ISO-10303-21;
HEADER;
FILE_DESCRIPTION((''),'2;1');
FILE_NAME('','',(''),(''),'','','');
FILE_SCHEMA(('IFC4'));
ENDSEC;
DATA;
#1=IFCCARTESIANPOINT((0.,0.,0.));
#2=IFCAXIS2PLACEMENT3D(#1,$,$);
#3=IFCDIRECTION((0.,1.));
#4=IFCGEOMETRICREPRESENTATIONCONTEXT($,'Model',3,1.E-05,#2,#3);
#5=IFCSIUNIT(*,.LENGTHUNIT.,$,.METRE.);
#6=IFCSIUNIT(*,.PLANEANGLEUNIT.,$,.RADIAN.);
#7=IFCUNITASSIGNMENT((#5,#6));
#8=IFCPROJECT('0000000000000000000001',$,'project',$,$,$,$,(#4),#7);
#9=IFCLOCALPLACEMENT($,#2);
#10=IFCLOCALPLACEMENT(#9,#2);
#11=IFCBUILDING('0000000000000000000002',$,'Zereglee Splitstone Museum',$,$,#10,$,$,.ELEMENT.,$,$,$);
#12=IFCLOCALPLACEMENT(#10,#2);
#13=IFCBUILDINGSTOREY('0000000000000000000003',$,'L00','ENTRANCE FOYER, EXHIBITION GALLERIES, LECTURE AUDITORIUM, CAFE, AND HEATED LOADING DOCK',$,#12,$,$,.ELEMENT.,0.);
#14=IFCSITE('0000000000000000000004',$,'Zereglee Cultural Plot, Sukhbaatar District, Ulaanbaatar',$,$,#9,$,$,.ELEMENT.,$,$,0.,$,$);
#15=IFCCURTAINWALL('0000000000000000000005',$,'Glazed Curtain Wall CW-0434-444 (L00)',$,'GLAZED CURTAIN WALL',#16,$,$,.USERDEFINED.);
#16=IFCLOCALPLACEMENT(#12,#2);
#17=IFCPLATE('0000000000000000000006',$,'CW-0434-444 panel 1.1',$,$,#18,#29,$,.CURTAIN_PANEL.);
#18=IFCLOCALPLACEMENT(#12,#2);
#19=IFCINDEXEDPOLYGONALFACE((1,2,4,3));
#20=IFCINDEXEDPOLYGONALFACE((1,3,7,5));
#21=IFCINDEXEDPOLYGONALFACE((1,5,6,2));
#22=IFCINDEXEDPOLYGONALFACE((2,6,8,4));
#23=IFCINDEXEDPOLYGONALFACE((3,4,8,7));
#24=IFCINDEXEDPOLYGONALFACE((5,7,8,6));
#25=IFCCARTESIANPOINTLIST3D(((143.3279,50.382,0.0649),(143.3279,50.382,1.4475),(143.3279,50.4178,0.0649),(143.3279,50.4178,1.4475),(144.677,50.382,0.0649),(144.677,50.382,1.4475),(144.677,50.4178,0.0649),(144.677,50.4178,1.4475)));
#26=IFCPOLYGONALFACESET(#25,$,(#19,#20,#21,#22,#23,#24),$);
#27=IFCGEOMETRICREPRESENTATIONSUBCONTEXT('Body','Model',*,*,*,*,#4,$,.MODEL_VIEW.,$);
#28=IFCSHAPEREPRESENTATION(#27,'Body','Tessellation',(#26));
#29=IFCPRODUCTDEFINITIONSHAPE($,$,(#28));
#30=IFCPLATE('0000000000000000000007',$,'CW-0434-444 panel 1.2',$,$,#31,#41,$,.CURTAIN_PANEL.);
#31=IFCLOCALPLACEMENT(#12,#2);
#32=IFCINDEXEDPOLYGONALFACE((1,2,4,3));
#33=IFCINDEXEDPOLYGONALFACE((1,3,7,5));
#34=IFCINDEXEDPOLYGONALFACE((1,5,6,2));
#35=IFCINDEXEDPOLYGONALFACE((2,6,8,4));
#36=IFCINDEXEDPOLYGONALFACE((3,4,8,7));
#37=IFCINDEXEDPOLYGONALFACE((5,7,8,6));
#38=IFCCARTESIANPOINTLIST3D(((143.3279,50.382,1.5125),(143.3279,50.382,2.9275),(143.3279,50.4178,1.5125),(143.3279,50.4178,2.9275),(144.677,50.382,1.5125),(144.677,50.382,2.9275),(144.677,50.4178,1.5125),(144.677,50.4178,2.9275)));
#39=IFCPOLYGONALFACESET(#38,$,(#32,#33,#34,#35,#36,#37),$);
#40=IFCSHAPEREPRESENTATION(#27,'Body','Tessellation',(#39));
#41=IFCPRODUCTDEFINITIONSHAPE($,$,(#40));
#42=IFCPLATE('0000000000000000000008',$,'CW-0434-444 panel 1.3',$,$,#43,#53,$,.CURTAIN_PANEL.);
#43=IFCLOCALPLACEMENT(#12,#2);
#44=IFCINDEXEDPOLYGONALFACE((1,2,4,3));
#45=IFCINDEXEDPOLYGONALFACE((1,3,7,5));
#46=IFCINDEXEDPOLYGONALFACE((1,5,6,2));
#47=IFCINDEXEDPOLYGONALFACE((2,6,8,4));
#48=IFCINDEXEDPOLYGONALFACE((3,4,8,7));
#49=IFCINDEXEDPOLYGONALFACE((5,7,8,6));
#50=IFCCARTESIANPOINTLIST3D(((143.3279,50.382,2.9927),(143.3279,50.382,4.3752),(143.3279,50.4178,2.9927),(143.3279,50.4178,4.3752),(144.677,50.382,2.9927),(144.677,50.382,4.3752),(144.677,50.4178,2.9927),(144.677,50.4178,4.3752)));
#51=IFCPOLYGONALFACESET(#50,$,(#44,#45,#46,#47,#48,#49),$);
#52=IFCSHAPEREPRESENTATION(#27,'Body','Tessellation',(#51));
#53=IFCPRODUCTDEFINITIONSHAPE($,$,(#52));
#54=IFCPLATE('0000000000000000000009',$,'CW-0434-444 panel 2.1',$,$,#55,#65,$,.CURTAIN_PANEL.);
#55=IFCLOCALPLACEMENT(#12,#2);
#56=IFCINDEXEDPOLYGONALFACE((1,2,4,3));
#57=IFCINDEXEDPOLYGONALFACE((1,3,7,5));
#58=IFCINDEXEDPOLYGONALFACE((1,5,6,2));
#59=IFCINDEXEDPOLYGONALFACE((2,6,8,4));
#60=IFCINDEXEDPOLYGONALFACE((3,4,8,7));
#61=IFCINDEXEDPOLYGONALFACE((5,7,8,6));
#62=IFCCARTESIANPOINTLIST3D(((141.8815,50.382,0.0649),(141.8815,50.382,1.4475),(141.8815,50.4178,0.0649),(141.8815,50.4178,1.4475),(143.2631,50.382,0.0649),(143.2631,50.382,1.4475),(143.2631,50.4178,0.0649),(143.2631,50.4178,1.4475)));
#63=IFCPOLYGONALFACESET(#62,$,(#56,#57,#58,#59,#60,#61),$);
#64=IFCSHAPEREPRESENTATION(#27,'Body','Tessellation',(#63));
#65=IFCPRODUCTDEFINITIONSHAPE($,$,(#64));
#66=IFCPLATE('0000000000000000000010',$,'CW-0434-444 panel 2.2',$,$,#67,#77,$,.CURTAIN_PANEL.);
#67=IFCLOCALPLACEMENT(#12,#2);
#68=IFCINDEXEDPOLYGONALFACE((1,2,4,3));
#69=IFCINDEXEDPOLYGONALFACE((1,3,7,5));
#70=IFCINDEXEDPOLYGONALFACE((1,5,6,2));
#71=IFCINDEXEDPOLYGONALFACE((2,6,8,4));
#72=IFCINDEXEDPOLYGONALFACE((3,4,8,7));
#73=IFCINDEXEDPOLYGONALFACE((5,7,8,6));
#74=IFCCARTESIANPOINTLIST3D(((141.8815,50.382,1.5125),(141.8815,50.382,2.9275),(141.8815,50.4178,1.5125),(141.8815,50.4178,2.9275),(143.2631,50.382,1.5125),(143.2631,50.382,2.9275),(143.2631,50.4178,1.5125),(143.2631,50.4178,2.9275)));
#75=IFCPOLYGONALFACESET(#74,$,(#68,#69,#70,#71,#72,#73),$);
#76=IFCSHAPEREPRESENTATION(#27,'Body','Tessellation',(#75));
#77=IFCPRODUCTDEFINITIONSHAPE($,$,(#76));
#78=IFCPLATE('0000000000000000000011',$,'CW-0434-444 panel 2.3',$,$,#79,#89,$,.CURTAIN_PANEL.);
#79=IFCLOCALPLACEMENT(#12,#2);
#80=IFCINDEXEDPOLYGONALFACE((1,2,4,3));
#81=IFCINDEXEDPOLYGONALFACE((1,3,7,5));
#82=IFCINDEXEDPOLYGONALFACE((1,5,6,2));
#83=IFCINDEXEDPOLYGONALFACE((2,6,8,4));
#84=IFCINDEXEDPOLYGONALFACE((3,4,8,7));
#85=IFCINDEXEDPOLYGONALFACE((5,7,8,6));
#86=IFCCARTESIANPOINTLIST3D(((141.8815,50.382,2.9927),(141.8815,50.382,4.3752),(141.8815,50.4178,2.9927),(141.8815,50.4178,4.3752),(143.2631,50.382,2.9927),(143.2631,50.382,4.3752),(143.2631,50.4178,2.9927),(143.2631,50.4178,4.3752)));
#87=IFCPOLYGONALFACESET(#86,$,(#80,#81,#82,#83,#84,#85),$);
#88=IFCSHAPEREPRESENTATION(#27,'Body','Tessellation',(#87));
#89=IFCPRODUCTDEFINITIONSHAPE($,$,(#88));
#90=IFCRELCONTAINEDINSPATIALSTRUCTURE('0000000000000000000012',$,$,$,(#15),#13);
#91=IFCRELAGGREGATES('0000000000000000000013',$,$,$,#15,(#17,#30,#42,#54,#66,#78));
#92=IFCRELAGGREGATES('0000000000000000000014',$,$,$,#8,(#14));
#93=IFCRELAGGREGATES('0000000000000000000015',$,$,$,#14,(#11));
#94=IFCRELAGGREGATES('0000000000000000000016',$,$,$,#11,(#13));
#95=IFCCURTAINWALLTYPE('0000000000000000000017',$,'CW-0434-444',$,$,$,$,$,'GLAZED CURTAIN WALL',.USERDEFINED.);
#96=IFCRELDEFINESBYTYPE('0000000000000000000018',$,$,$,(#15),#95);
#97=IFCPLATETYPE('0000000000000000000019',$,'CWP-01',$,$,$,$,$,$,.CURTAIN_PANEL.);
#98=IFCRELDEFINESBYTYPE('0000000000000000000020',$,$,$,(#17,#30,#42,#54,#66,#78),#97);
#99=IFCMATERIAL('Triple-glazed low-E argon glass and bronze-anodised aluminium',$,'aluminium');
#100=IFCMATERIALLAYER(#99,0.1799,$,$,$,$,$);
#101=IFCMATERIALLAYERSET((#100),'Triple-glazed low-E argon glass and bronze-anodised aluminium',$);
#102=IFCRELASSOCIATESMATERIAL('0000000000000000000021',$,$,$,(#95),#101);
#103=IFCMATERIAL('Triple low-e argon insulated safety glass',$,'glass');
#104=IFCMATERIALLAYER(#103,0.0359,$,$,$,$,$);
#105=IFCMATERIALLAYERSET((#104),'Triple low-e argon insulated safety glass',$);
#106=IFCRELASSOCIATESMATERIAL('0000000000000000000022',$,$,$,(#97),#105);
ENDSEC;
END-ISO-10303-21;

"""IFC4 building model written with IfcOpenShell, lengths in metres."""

from ifc_helpers import new_model, si_unit, direction, frame, origin, origin_2d, place, context, subcontext, project, spatial, rectangle, extrude, material, layer, layer_set, type_object, element, aggregate, save


model = new_model("IFC4")

# Units and contexts
model_context = context("Model", 3, precision=1e-05, world=origin(), true_north=direction((0.0, 1.0)))
body_context = subcontext(model_context, "Body", "Model", "MODEL_VIEW")
ifc_project = project(units=[si_unit("LENGTHUNIT", "METRE"), si_unit("PLANEANGLEUNIT", "RADIAN")], contexts=[model_context])

# Site, building, storey
site_placement = place(None, origin())
site = spatial("IfcSite", under=ifc_project, at=site_placement, Name="Zereglee Cultural Plot, Sukhbaatar District, Ulaanbaatar", CompositionType="ELEMENT", RefElevation=0.0)
building_placement = place(site_placement, origin())
building = spatial("IfcBuilding", under=site, at=building_placement, Name="Zereglee Splitstone Museum", CompositionType="ELEMENT")
storey_placement = place(building_placement, origin())
storey = spatial("IfcBuildingStorey", under=building, at=storey_placement, Name="L00", Description="ENTRANCE FOYER, EXHIBITION GALLERIES, LECTURE AUDITORIUM, CAFE, AND HEATED LOADING DOCK", CompositionType="ELEMENT", Elevation=0.0)

# Curtain wall, plates
ifc_material_1 = material(Name="Triple-glazed low-E argon glass and bronze-anodised aluminium", Category="aluminium")
ifc_layer_1 = layer(ifc_material_1, 0.1799)
ifc_layer_set_1 = layer_set([ifc_layer_1], Name="Triple-glazed low-E argon glass and bronze-anodised aluminium")
curtain_wall_type = type_object("IfcCurtainWallType", Name="CW-0434-444", ElementType="GLAZED CURTAIN WALL", PredefinedType="USERDEFINED", material=ifc_layer_set_1)
curtain_wall_placement = place(storey_placement, origin())
curtain_wall = element("IfcCurtainWall", 1, at=curtain_wall_placement, inside=storey, type_object=curtain_wall_type, Name="Glazed Curtain Wall CW-0434-444 (L00)", ObjectType="GLAZED CURTAIN WALL", PredefinedType="USERDEFINED")
ifc_material_2 = material(Name="Triple low-e argon insulated safety glass", Category="glass")
ifc_layer_2 = layer(ifc_material_2, 0.0359)
ifc_layer_set_2 = layer_set([ifc_layer_2], Name="Triple low-e argon insulated safety glass")
plate_type = type_object("IfcPlateType", Name="CWP-01", PredefinedType="CURTAIN_PANEL", material=ifc_layer_set_2)
plate_1_placement = place(storey_placement, frame((144.0024, 50.3999, 0.0649), z_axis=(0.0, 0.0, 1.0), x_axis=(-1.0, 0.0, 0.0)))
plate_1 = element("IfcPlate", 2, at=plate_1_placement, type_object=plate_type, Name="CW-0434-444 panel 1.1", PredefinedType="CURTAIN_PANEL", context=body_context, shape_type="SweptSolid", body=[
    extrude(rectangle(XDim=1.3491, YDim=0.0359, at=origin_2d()), origin(), (0.0, 0.0, 1.0), 1.3826),
])
plate_2_placement = place(storey_placement, frame((144.0024, 50.3999, 1.5125), z_axis=(0.0, 0.0, 1.0), x_axis=(-1.0, 0.0, 0.0)))
plate_2 = element("IfcPlate", 3, at=plate_2_placement, type_object=plate_type, Name="CW-0434-444 panel 1.2", PredefinedType="CURTAIN_PANEL", context=body_context, shape_type="SweptSolid", body=[
    extrude(rectangle(XDim=1.3491, YDim=0.0359, at=origin_2d()), origin(), (0.0, 0.0, 1.0), 1.415),
])
plate_3_placement = place(storey_placement, frame((144.0024, 50.3999, 2.9927), z_axis=(0.0, 0.0, 1.0), x_axis=(-1.0, 0.0, 0.0)))
plate_3 = element("IfcPlate", 4, at=plate_3_placement, type_object=plate_type, Name="CW-0434-444 panel 1.3", PredefinedType="CURTAIN_PANEL", context=body_context, shape_type="SweptSolid", body=[
    extrude(rectangle(XDim=1.3491, YDim=0.0359, at=origin_2d()), origin(), (0.0, 0.0, 1.0), 1.3826),
])
plate_4_placement = place(storey_placement, frame((142.5723, 50.3999, 0.0649), z_axis=(0.0, 0.0, 1.0), x_axis=(-1.0, 0.0, 0.0)))
plate_4 = element("IfcPlate", 5, at=plate_4_placement, type_object=plate_type, Name="CW-0434-444 panel 2.1", PredefinedType="CURTAIN_PANEL", context=body_context, shape_type="SweptSolid", body=[
    extrude(rectangle(XDim=1.3816, YDim=0.0359, at=origin_2d()), origin(), (0.0, 0.0, 1.0), 1.3826),
])
plate_5_placement = place(storey_placement, frame((142.5723, 50.3999, 1.5125), z_axis=(0.0, 0.0, 1.0), x_axis=(-1.0, 0.0, 0.0)))
plate_5 = element("IfcPlate", 6, at=plate_5_placement, type_object=plate_type, Name="CW-0434-444 panel 2.2", PredefinedType="CURTAIN_PANEL", context=body_context, shape_type="SweptSolid", body=[
    extrude(rectangle(XDim=1.3816, YDim=0.0359, at=origin_2d()), origin(), (0.0, 0.0, 1.0), 1.415),
])
plate_6_placement = place(storey_placement, frame((142.5723, 50.3999, 2.9927), z_axis=(0.0, 0.0, 1.0), x_axis=(-1.0, 0.0, 0.0)))
plate_6 = element("IfcPlate", 7, at=plate_6_placement, type_object=plate_type, Name="CW-0434-444 panel 2.3", PredefinedType="CURTAIN_PANEL", context=body_context, shape_type="SweptSolid", body=[
    extrude(rectangle(XDim=1.3816, YDim=0.0359, at=origin_2d()), origin(), (0.0, 0.0, 1.0), 1.3826),
])
aggregate(curtain_wall, [plate_1, plate_2, plate_3, plate_4, plate_5, plate_6])

save(model, "model.ifc")
